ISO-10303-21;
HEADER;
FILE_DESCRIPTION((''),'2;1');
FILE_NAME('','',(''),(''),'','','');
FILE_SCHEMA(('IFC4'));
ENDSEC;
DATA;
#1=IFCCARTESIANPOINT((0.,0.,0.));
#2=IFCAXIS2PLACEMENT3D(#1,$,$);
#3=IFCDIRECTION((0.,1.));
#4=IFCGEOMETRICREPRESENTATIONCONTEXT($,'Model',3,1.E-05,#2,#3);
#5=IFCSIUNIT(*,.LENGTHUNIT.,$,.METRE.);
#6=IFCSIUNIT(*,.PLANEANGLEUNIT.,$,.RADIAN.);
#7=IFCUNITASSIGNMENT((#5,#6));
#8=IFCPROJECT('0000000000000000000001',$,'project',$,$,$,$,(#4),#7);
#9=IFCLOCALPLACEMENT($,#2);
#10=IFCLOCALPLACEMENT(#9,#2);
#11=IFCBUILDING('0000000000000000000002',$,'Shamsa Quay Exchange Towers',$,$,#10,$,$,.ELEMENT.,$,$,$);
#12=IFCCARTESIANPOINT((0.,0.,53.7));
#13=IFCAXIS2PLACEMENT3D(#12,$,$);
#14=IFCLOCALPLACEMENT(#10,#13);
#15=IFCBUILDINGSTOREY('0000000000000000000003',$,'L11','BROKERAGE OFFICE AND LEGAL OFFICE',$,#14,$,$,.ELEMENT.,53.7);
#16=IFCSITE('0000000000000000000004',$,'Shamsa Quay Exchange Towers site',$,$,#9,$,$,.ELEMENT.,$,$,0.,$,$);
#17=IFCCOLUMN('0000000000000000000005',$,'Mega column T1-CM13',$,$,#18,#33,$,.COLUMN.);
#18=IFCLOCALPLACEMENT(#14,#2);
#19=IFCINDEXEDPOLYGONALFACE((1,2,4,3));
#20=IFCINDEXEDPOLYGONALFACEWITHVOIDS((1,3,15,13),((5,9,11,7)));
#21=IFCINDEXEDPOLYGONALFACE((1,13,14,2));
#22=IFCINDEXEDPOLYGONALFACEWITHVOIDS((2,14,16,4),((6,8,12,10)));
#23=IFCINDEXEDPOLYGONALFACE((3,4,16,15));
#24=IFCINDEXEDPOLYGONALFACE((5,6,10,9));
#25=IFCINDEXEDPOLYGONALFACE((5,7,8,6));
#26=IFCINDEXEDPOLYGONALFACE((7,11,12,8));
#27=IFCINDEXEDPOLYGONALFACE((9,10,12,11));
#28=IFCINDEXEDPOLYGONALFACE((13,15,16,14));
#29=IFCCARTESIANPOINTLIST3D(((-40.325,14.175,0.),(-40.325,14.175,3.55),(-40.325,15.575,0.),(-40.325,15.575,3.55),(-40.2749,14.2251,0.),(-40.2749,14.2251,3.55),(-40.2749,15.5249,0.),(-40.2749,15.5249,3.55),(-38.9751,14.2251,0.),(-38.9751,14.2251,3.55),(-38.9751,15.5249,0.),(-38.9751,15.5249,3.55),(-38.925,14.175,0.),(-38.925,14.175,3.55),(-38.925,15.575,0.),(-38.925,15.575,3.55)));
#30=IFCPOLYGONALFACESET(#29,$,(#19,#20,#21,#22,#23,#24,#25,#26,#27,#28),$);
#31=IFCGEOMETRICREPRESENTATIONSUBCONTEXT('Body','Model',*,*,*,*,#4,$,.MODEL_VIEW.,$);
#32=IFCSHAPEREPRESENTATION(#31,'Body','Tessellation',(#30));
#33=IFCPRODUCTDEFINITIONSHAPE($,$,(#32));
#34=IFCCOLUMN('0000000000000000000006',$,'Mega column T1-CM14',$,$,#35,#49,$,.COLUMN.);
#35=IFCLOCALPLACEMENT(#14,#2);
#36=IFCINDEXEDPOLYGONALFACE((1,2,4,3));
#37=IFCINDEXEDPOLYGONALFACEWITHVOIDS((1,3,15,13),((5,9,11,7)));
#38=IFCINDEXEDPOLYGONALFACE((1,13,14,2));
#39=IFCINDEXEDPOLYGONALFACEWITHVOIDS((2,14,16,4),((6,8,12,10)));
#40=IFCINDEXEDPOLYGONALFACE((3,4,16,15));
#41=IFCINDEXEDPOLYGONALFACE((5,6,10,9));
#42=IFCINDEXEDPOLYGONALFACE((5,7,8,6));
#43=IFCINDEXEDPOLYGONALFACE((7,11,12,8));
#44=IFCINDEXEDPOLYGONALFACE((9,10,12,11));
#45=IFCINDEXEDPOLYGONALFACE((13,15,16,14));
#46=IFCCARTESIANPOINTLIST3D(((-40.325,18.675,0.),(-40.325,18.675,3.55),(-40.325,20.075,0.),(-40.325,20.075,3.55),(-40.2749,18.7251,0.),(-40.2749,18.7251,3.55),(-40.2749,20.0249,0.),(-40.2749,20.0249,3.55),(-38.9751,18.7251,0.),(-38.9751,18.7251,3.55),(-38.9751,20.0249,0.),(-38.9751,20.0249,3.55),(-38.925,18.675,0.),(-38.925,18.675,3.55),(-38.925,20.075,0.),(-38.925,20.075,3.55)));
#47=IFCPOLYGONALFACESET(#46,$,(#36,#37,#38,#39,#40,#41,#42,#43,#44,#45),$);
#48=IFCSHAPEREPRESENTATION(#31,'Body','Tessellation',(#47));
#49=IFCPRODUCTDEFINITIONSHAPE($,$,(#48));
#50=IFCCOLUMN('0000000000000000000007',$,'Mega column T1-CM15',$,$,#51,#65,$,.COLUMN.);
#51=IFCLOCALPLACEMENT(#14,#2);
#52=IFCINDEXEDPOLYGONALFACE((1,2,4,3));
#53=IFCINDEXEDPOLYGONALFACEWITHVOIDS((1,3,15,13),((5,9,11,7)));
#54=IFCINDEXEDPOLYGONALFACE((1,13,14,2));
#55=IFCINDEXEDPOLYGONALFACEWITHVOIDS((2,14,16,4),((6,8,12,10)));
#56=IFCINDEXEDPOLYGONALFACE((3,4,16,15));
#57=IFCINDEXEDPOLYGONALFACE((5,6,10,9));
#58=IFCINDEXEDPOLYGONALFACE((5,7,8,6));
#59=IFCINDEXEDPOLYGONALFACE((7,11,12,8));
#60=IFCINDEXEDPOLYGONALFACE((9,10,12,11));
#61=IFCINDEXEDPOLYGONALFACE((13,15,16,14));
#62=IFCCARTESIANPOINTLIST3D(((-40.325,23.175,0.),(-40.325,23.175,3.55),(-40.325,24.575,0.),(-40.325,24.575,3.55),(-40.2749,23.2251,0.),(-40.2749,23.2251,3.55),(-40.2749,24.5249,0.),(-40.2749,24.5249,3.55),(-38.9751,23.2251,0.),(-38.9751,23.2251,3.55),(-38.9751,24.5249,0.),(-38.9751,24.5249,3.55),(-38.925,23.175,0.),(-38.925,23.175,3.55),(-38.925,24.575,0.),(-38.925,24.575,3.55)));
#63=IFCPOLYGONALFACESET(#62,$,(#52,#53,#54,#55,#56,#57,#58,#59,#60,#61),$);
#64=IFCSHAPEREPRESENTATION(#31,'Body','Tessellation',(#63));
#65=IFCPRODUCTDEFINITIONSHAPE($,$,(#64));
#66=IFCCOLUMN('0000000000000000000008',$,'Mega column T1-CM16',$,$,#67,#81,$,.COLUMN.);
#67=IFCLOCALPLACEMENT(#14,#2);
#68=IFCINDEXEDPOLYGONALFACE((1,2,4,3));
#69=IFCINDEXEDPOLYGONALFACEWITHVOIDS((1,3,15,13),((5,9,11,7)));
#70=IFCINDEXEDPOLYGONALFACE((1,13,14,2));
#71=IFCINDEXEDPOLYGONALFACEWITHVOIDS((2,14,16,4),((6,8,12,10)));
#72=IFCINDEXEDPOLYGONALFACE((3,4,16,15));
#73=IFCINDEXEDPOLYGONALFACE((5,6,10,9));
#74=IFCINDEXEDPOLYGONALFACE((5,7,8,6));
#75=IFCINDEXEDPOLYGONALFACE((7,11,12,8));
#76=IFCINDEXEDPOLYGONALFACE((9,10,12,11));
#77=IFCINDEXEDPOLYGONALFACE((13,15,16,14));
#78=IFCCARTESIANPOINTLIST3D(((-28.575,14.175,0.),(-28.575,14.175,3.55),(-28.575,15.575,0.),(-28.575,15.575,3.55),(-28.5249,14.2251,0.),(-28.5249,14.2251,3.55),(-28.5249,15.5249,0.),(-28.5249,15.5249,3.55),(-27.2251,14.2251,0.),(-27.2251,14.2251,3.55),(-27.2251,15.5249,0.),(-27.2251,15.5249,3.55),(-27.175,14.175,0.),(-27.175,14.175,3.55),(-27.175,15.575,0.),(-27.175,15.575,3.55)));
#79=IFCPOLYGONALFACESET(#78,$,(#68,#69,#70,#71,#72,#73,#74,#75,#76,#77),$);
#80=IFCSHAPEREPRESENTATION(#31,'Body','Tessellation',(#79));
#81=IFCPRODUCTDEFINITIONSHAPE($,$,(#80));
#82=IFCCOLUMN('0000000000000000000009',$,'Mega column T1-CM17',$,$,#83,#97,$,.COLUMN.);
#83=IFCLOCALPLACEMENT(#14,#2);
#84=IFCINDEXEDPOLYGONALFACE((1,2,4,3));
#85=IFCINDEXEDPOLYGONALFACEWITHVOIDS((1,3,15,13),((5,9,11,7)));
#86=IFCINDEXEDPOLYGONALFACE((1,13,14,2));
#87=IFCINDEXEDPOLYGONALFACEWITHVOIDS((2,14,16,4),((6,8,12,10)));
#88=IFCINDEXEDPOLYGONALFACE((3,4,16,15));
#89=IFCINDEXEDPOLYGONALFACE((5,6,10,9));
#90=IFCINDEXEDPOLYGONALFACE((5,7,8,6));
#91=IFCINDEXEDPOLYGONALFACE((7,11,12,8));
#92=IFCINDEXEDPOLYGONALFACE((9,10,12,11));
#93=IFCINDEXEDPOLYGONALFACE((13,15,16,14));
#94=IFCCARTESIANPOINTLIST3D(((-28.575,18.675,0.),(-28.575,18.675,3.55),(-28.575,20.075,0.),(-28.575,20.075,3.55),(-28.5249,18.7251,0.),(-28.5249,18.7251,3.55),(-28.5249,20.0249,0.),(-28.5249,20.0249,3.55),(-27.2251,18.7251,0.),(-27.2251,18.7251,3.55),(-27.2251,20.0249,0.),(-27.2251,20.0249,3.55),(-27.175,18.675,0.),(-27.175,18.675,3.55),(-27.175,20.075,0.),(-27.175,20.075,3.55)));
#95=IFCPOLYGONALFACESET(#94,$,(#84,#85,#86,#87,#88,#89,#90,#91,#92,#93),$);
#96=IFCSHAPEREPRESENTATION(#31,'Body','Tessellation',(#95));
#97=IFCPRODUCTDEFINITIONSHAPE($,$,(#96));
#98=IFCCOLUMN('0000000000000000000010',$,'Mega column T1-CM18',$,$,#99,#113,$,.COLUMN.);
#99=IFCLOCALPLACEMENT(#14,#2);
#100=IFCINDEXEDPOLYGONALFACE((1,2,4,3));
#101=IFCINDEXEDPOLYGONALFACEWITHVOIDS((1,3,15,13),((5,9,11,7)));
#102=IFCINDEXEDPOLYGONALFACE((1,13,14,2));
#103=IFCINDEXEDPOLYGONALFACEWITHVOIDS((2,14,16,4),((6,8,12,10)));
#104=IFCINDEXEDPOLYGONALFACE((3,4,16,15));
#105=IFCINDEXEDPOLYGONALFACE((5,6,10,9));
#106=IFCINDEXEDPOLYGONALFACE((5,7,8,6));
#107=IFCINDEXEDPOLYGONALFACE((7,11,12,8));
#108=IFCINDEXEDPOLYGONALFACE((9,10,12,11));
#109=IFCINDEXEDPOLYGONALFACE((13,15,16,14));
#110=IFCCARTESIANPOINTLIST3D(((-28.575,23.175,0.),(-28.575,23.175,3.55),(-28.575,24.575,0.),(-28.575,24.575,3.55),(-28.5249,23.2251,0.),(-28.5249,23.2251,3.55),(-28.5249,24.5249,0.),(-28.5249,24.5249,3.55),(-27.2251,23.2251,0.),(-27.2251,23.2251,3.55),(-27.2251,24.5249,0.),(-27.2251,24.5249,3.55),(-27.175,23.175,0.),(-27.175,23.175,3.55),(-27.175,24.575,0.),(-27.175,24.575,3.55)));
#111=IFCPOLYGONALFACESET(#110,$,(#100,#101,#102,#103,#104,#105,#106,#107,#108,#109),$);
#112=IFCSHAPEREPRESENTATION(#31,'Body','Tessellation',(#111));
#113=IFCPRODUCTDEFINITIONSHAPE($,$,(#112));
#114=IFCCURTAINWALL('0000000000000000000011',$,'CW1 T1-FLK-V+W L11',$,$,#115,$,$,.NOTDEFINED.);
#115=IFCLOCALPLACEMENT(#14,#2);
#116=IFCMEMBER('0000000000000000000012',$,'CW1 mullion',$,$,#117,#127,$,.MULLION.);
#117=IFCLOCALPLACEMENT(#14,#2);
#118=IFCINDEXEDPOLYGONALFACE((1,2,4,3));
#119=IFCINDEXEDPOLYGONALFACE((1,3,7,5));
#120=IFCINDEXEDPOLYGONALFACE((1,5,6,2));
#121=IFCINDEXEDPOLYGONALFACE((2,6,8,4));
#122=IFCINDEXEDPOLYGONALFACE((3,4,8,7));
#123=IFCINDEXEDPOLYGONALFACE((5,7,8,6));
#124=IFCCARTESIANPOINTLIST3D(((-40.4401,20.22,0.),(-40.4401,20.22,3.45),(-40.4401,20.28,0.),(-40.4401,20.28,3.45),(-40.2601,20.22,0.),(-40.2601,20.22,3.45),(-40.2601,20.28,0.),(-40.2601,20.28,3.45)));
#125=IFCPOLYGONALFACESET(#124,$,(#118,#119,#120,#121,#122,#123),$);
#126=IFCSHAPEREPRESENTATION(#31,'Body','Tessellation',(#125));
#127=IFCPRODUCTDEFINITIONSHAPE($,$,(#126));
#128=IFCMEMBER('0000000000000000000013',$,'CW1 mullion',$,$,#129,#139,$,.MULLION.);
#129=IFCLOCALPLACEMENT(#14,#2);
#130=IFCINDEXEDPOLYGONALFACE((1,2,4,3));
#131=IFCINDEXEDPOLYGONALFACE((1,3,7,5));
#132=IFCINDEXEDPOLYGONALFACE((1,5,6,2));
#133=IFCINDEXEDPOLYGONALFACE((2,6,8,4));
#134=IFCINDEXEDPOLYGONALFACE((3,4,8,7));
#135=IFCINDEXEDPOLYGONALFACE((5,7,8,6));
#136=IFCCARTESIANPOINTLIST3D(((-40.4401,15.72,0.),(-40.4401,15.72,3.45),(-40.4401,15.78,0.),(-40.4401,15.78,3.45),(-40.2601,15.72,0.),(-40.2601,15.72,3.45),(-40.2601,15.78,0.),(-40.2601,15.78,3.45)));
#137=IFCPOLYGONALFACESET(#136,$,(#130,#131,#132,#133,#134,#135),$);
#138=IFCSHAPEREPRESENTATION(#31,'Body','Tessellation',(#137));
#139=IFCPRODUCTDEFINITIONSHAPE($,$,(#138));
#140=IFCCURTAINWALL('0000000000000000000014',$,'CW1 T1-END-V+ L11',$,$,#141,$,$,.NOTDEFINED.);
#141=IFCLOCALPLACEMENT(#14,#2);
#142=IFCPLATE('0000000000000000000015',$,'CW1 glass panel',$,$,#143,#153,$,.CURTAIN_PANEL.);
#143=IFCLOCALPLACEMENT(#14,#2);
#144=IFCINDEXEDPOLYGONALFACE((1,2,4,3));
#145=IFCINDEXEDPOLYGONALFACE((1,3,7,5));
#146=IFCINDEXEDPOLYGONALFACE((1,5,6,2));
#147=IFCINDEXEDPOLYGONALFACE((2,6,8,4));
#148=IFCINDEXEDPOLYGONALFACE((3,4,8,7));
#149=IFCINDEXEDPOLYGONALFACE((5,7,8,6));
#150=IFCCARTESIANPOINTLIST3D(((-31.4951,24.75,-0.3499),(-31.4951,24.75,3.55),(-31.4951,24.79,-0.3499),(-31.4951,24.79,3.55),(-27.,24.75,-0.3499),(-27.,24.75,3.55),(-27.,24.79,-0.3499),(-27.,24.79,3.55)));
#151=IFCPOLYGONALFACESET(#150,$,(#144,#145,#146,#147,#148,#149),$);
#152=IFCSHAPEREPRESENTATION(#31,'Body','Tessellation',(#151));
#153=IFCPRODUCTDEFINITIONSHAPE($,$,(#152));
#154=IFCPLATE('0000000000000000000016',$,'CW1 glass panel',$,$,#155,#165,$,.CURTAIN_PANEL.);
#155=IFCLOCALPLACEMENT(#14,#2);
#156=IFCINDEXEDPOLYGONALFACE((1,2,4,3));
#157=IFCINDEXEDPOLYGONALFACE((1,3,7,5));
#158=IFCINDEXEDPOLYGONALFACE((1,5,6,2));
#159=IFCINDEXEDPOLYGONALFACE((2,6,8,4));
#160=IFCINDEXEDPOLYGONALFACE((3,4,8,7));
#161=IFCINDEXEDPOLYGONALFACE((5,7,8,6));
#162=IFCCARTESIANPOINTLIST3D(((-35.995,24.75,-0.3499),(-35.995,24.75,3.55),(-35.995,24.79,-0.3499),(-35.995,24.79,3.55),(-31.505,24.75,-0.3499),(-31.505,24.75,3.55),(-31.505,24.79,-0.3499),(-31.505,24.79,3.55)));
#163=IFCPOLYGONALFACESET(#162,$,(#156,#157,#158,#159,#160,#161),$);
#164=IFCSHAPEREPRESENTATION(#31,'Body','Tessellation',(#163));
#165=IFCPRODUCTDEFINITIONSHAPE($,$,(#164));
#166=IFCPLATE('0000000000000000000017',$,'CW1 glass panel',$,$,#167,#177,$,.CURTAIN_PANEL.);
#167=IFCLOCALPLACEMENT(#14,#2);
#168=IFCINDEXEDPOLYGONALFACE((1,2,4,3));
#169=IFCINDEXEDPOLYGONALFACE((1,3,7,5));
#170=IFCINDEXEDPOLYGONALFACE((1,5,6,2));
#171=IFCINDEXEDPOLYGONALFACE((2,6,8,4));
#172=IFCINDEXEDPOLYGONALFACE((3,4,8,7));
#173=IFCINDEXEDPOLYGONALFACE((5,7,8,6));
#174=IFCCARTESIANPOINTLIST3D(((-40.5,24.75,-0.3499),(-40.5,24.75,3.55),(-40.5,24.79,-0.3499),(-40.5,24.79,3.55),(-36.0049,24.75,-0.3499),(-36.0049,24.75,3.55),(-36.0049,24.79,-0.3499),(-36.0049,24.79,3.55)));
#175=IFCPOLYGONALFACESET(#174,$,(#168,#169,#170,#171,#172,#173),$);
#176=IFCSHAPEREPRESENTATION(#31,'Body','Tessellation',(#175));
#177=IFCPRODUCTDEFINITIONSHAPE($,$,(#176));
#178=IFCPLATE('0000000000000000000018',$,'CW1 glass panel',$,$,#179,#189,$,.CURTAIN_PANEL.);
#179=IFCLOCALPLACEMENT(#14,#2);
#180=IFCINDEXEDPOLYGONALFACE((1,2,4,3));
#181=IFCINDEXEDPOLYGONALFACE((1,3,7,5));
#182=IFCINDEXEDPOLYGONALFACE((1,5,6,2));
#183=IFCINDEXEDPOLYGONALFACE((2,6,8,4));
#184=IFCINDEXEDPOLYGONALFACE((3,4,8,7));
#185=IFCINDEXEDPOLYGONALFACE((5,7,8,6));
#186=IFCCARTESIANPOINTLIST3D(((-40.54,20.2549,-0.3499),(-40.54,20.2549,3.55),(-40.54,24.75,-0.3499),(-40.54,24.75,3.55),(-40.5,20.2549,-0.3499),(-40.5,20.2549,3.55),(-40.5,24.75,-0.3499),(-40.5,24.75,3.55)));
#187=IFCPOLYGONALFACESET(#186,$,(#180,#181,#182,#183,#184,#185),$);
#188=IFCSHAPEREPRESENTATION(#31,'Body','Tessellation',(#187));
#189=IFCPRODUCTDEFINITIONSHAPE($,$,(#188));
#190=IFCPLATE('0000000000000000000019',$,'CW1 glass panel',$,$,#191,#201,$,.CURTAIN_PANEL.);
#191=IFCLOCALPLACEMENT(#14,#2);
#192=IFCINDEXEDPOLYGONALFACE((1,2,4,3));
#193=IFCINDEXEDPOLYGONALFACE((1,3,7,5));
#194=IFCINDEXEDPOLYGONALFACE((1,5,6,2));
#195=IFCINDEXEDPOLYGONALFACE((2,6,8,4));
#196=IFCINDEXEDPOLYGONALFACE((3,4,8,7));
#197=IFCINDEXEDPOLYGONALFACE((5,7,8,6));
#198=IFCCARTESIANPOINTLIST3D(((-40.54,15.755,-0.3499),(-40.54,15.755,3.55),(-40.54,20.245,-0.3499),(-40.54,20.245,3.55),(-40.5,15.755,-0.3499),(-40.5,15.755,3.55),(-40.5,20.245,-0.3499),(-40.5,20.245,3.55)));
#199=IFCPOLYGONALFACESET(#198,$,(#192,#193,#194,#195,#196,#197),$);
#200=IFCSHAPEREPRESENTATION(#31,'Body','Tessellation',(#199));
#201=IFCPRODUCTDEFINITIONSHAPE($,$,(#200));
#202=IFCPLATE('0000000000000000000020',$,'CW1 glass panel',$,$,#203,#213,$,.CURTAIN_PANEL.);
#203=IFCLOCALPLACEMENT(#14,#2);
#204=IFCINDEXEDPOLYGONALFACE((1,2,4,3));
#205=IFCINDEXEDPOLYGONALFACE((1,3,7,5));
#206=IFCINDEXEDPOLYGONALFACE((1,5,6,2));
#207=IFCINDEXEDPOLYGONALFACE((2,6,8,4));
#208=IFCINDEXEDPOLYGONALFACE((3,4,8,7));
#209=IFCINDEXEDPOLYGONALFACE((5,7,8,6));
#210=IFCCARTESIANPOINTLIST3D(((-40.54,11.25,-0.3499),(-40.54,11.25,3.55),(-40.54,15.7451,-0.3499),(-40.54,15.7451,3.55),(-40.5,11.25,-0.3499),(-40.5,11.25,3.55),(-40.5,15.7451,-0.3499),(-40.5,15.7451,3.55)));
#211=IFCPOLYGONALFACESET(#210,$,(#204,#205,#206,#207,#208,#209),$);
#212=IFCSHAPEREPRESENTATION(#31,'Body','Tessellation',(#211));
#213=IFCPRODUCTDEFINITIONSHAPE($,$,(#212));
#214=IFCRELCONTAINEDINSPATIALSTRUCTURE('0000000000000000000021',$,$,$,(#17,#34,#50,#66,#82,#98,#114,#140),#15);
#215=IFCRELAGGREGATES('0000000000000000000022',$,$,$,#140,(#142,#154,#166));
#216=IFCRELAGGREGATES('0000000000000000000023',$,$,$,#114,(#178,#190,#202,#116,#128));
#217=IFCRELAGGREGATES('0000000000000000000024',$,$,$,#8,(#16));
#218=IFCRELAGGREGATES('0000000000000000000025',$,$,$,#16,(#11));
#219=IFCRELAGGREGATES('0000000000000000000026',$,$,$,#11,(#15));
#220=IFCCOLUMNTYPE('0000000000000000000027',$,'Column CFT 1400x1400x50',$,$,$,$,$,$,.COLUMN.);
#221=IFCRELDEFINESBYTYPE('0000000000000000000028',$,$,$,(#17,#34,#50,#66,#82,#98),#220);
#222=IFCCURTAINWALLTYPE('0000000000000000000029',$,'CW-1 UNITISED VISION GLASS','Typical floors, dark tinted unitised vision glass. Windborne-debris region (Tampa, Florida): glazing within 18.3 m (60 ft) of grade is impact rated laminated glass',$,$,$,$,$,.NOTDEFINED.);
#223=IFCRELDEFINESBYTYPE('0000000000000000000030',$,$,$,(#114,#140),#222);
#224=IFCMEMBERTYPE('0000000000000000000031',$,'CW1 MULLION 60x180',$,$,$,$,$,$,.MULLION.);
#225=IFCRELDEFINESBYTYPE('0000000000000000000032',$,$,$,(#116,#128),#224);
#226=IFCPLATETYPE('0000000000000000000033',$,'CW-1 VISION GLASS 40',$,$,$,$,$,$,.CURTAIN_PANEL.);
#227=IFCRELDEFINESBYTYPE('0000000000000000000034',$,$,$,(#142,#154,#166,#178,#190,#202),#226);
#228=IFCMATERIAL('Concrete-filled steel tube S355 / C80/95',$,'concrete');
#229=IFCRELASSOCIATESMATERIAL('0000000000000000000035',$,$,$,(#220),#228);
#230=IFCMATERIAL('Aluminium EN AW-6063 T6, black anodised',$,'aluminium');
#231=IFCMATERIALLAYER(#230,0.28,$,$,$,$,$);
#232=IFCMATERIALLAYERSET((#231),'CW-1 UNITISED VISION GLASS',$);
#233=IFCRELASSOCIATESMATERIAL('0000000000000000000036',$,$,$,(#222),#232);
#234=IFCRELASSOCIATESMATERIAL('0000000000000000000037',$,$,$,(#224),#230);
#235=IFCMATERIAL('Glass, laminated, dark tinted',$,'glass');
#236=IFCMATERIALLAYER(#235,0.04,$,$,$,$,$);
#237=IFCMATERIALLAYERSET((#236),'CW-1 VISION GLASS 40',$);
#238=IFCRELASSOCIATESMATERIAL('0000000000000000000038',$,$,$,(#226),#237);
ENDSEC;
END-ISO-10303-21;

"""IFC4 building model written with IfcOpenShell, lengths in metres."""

from ifc_helpers import new_model, si_unit, direction, frame, origin, origin_2d, place, context, subcontext, project, spatial, rectangle, hollow_rectangle, extrude, material, layer, layer_set, material_profile, profile_set, type_object, element, aggregate, save


model = new_model("IFC4")

# Units and contexts
model_context = context("Model", 3, precision=1e-05, world=origin(), true_north=direction((0.0, 1.0)))
body_context = subcontext(model_context, "Body", "Model", "MODEL_VIEW")
ifc_project = project(units=[si_unit("LENGTHUNIT", "METRE"), si_unit("PLANEANGLEUNIT", "RADIAN")], contexts=[model_context])

# Site, building, storey
site_placement = place(None, origin())
site = spatial("IfcSite", under=ifc_project, at=site_placement, Name="Shamsa Quay Exchange Towers site", CompositionType="ELEMENT", RefElevation=0.0)
building_placement = place(site_placement, origin())
building = spatial("IfcBuilding", under=site, at=building_placement, Name="Shamsa Quay Exchange Towers", CompositionType="ELEMENT")
storey_placement = place(building_placement, frame((0.0, 0.0, 53.7)))
storey = spatial("IfcBuildingStorey", under=building, at=storey_placement, Name="L11", Description="BROKERAGE OFFICE AND LEGAL OFFICE", CompositionType="ELEMENT", Elevation=53.7)

# Columns
ifc_material_1 = material(Name="Concrete-filled steel tube S355 / C80/95", Category="concrete")
ifc_material_profile_1 = material_profile(ifc_material_1, hollow_rectangle(XDim=1.3999, YDim=1.3999, WallThickness=0.05, at=origin_2d()), Name="CFT 1400x1400x50")
ifc_profile_set_1 = profile_set([ifc_material_profile_1], Name="Concrete-filled steel tube S355 / C80/95")
column_type = type_object("IfcColumnType", Name="Column CFT 1400x1400x50", PredefinedType="COLUMN", material=ifc_profile_set_1)
for number, where, name in (
    (1, (-39.625, 14.875, 0.0), "Mega column T1-CM13"),
    (2, (-39.625, 19.375, 0.0), "Mega column T1-CM14"),
    (3, (-39.625, 23.875, 0.0), "Mega column T1-CM15"),
    (4, (-27.875, 14.875, 0.0), "Mega column T1-CM16"),
    (5, (-27.875, 19.375, 0.0), "Mega column T1-CM17"),
    (6, (-27.875, 23.875, 0.0), "Mega column T1-CM18"),
):
    element("IfcColumn", number, at=place(storey_placement, frame(where)), inside=storey, type_object=column_type, Name=name, PredefinedType="COLUMN", context=body_context, shape_type="SweptSolid", body=[
        extrude(hollow_rectangle(XDim=1.3999, YDim=1.3999, WallThickness=0.05, at=origin_2d()), origin(), (0.0, 0.0, 1.0), 3.55),
    ])

# Curtain wall, members
ifc_material_2 = material(Name="Aluminium EN AW-6063 T6, black anodised", Category="aluminium")
ifc_layer_1 = layer(ifc_material_2, 0.28)
ifc_layer_set_1 = layer_set([ifc_layer_1], Name="CW-1 UNITISED VISION GLASS")
curtain_wall_type = type_object("IfcCurtainWallType", Name="CW-1 UNITISED VISION GLASS", Description="Typical floors, dark tinted unitised vision glass. Windborne-debris region (Tampa, Florida): glazing within 18.3 m (60 ft) of grade is impact rated laminated glass", PredefinedType="NOTDEFINED", material=ifc_layer_set_1)
curtain_wall_1_placement = place(storey_placement, origin())
curtain_wall_1 = element("IfcCurtainWall", 7, at=curtain_wall_1_placement, inside=storey, type_object=curtain_wall_type, Name="CW1 T1-FLK-V+W L11", PredefinedType="NOTDEFINED")
ifc_material_profile_2 = material_profile(ifc_material_2, rectangle(XDim=0.1799, YDim=0.0601, at=origin_2d()), Name="MU60x180")
ifc_profile_set_2 = profile_set([ifc_material_profile_2], Name="Aluminium EN AW-6063 T6, black anodised")
member_type = type_object("IfcMemberType", Name="CW1 MULLION 60x180", PredefinedType="MULLION", material=ifc_profile_set_2)
member_1_placement = place(storey_placement, frame((-40.3501, 20.25, 0.0)))
member_1 = element("IfcMember", 8, at=member_1_placement, type_object=member_type, Name="CW1 mullion", PredefinedType="MULLION", context=body_context, shape_type="SweptSolid", body=[
    extrude(rectangle(XDim=0.1799, YDim=0.0601, at=origin_2d()), origin(), (0.0, 0.0, 1.0), 3.45),
])
member_2_placement = place(storey_placement, frame((-40.3501, 15.75, 0.0)))
member_2 = element("IfcMember", 9, at=member_2_placement, type_object=member_type, Name="CW1 mullion", PredefinedType="MULLION", context=body_context, shape_type="SweptSolid", body=[
    extrude(rectangle(XDim=0.1799, YDim=0.0601, at=origin_2d()), origin(), (0.0, 0.0, 1.0), 3.45),
])

# Curtain wall, plates
curtain_wall_2_placement = place(storey_placement, origin())
curtain_wall_2 = element("IfcCurtainWall", 10, at=curtain_wall_2_placement, inside=storey, type_object=curtain_wall_type, Name="CW1 T1-END-V+ L11", PredefinedType="NOTDEFINED")
ifc_material_3 = material(Name="Glass, laminated, dark tinted", Category="glass")
ifc_layer_2 = layer(ifc_material_3, 0.04)
ifc_layer_set_2 = layer_set([ifc_layer_2], Name="CW-1 VISION GLASS 40")
plate_type = type_object("IfcPlateType", Name="CW-1 VISION GLASS 40", PredefinedType="CURTAIN_PANEL", material=ifc_layer_set_2)
plate_1_placement = place(storey_placement, frame((-29.2476, 24.77, -0.3499), z_axis=(0.0, 0.0, 1.0), x_axis=(-1.0, 0.0, 0.0)))
plate_1 = element("IfcPlate", 11, at=plate_1_placement, type_object=plate_type, Name="CW1 glass panel", PredefinedType="CURTAIN_PANEL", context=body_context, shape_type="SweptSolid", body=[
    extrude(rectangle(XDim=4.4951, YDim=0.04, at=origin_2d()), origin(), (0.0, 0.0, 1.0), 3.8999),
])
plate_2_placement = place(storey_placement, frame((-33.75, 24.77, -0.3499), z_axis=(0.0, 0.0, 1.0), x_axis=(-1.0, 0.0, 0.0)))
plate_2 = element("IfcPlate", 12, at=plate_2_placement, type_object=plate_type, Name="CW1 glass panel", PredefinedType="CURTAIN_PANEL", context=body_context, shape_type="SweptSolid", body=[
    extrude(rectangle(XDim=4.49, YDim=0.04, at=origin_2d()), origin(), (0.0, 0.0, 1.0), 3.8999),
])
plate_3_placement = place(storey_placement, frame((-38.2524, 24.77, -0.3499), z_axis=(0.0, 0.0, 1.0), x_axis=(-1.0, 0.0, 0.0)))
plate_3 = element("IfcPlate", 13, at=plate_3_placement, type_object=plate_type, Name="CW1 glass panel", PredefinedType="CURTAIN_PANEL", context=body_context, shape_type="SweptSolid", body=[
    extrude(rectangle(XDim=4.4951, YDim=0.04, at=origin_2d()), origin(), (0.0, 0.0, 1.0), 3.8999),
])
aggregate(curtain_wall_2, [plate_1, plate_2, plate_3])

# Plates
plate_4_placement = place(storey_placement, frame((-40.52, 22.5024, -0.3499), z_axis=(0.0, 0.0, 1.0), x_axis=(0.0, -1.0, 0.0)))
plate_4 = element("IfcPlate", 14, at=plate_4_placement, type_object=plate_type, Name="CW1 glass panel", PredefinedType="CURTAIN_PANEL", context=body_context, shape_type="SweptSolid", body=[
    extrude(rectangle(XDim=4.4951, YDim=0.04, at=origin_2d()), origin(), (0.0, 0.0, 1.0), 3.8999),
])
plate_5_placement = place(storey_placement, frame((-40.52, 18.0, -0.3499), z_axis=(0.0, 0.0, 1.0), x_axis=(0.0, -1.0, 0.0)))
plate_5 = element("IfcPlate", 15, at=plate_5_placement, type_object=plate_type, Name="CW1 glass panel", PredefinedType="CURTAIN_PANEL", context=body_context, shape_type="SweptSolid", body=[
    extrude(rectangle(XDim=4.49, YDim=0.04, at=origin_2d()), origin(), (0.0, 0.0, 1.0), 3.8999),
])
plate_6_placement = place(storey_placement, frame((-40.52, 13.4976, -0.3499), z_axis=(0.0, 0.0, 1.0), x_axis=(0.0, -1.0, 0.0)))
plate_6 = element("IfcPlate", 16, at=plate_6_placement, type_object=plate_type, Name="CW1 glass panel", PredefinedType="CURTAIN_PANEL", context=body_context, shape_type="SweptSolid", body=[
    extrude(rectangle(XDim=4.4951, YDim=0.04, at=origin_2d()), origin(), (0.0, 0.0, 1.0), 3.8999),
])
aggregate(curtain_wall_1, [plate_4, plate_5, plate_6, member_1, member_2])

save(model, "model.ifc")
